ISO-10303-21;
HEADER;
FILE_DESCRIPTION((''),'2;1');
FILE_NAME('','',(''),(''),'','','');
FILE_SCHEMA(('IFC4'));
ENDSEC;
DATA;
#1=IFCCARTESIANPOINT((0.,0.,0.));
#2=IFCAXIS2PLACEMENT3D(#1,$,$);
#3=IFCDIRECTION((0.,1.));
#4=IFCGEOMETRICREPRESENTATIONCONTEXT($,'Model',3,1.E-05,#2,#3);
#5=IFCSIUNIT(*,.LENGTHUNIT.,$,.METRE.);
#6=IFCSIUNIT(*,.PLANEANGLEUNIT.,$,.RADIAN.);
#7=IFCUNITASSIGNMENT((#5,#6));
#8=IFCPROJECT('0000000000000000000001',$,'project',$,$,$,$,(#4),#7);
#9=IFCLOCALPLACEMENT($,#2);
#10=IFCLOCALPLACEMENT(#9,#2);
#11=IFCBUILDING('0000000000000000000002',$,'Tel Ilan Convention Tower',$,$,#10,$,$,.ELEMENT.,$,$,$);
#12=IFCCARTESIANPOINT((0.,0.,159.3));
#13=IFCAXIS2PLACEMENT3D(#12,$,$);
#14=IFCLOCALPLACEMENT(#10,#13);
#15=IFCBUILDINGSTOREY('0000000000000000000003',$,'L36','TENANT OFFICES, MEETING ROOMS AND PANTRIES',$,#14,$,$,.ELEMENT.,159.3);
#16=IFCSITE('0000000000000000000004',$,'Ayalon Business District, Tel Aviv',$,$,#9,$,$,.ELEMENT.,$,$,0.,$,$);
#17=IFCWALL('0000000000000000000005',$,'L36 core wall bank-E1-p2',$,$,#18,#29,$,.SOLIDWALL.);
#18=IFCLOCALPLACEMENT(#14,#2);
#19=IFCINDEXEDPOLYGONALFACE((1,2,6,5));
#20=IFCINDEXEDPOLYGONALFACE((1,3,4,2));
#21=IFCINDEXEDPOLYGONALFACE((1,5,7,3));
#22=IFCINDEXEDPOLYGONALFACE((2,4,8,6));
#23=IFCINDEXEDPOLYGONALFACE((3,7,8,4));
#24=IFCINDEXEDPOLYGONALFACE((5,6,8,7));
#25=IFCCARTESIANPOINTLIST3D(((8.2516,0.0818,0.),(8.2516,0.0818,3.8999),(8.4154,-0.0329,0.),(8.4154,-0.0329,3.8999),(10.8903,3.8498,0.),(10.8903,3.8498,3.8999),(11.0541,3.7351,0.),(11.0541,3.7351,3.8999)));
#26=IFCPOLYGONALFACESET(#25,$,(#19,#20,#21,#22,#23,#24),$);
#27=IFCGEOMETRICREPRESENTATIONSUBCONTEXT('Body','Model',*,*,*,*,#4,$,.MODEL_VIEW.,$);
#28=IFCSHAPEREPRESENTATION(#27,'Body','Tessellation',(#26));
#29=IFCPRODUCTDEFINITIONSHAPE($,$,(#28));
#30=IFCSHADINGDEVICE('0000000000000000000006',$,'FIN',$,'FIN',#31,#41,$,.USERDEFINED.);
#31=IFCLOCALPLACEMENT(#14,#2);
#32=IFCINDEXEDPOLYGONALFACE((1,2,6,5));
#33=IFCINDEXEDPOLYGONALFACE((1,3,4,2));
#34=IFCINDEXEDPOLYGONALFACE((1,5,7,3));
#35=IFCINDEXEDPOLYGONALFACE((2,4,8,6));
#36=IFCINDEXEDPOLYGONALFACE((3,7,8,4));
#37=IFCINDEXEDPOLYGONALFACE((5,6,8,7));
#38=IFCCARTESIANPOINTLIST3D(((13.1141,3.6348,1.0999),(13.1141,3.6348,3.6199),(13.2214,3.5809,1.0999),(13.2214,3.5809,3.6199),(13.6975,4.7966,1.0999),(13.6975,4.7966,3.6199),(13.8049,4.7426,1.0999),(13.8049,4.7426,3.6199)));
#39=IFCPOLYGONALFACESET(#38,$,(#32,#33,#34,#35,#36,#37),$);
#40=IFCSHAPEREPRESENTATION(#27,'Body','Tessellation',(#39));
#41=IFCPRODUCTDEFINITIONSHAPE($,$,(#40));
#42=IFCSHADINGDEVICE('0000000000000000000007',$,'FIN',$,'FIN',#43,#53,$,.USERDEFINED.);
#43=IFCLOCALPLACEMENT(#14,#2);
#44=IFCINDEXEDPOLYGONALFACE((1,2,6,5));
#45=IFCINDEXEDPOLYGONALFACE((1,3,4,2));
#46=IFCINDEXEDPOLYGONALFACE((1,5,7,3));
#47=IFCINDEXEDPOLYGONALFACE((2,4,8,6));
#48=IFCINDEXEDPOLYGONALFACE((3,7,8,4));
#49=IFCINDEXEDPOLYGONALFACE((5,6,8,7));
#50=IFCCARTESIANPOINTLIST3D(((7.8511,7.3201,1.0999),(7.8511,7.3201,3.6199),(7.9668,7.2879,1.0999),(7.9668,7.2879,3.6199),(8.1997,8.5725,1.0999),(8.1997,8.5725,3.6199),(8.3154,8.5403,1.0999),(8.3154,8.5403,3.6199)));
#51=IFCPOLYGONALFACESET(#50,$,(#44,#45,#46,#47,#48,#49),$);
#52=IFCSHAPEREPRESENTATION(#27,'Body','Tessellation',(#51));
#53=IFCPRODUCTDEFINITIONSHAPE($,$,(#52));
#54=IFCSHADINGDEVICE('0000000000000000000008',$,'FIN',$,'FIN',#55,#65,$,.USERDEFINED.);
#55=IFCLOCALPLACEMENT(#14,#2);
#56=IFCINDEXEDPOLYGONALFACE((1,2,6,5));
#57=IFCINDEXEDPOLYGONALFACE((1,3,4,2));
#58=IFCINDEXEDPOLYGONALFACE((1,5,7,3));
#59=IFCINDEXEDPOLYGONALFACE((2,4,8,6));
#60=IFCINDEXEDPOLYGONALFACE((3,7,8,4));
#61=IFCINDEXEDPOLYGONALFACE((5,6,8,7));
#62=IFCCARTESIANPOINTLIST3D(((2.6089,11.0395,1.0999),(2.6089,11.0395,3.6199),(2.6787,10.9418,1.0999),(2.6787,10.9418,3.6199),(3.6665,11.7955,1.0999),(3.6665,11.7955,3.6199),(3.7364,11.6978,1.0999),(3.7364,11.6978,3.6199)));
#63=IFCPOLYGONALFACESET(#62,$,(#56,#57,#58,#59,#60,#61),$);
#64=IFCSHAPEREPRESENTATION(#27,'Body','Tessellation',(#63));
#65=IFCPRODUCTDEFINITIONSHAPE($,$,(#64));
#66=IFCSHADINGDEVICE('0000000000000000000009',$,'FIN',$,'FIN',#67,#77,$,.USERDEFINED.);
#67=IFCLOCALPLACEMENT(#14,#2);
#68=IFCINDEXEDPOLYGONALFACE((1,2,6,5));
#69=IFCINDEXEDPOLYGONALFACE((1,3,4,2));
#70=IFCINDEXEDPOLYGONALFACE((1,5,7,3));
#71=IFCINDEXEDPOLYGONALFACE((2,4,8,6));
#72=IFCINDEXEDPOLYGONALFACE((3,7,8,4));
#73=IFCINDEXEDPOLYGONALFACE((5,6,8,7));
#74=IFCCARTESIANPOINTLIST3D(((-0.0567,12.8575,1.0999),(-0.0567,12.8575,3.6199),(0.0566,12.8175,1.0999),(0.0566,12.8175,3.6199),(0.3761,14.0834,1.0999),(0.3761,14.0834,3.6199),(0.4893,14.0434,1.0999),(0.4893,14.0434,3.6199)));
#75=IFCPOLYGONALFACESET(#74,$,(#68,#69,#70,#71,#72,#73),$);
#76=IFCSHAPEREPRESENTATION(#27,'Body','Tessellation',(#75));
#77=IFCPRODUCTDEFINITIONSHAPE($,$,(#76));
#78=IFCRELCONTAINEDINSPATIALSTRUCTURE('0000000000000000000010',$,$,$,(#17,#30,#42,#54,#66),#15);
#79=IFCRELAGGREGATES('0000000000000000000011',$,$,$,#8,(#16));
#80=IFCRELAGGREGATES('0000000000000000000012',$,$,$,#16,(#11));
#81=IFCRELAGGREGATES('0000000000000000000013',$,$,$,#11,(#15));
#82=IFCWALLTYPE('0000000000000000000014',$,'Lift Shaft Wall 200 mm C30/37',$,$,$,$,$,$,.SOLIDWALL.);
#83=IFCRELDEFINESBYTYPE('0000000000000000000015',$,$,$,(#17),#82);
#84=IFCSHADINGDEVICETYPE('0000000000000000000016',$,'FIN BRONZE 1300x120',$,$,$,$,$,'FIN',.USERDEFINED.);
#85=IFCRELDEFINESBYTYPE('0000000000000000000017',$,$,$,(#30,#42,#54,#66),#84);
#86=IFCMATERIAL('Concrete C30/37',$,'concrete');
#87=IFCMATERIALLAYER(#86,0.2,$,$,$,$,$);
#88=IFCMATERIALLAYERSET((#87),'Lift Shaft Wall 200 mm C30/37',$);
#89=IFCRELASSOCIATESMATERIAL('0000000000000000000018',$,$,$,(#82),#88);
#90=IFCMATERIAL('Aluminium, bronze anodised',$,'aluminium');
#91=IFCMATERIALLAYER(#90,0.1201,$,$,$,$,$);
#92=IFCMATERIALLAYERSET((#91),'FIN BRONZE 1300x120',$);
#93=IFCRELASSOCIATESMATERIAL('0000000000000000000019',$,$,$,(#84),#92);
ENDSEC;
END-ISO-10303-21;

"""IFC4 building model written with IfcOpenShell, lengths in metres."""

from ifc_helpers import new_model, si_unit, direction, frame, frame_2d, origin, origin_2d, place, context, subcontext, project, spatial, rectangle, extrude, material, layer, layer_set, type_object, element, save


model = new_model("IFC4")

# Units and contexts
model_context = context("Model", 3, precision=1e-05, world=origin(), true_north=direction((0.0, 1.0)))
body_context = subcontext(model_context, "Body", "Model", "MODEL_VIEW")
ifc_project = project(units=[si_unit("LENGTHUNIT", "METRE"), si_unit("PLANEANGLEUNIT", "RADIAN")], contexts=[model_context])

# Site, building, storey
site_placement = place(None, origin())
site = spatial("IfcSite", under=ifc_project, at=site_placement, Name="Ayalon Business District, Tel Aviv", CompositionType="ELEMENT", RefElevation=0.0)
building_placement = place(site_placement, origin())
building = spatial("IfcBuilding", under=site, at=building_placement, Name="Tel Ilan Convention Tower", CompositionType="ELEMENT")
storey_placement = place(building_placement, frame((0.0, 0.0, 159.3)))
storey = spatial("IfcBuildingStorey", under=building, at=storey_placement, Name="L36", Description="TENANT OFFICES, MEETING ROOMS AND PANTRIES", CompositionType="ELEMENT", Elevation=159.3)

# Wall
ifc_material_1 = material(Name="Concrete C30/37", Category="concrete")
ifc_layer_1 = layer(ifc_material_1, 0.2)
ifc_layer_set_1 = layer_set([ifc_layer_1], Name="Lift Shaft Wall 200 mm C30/37")
wall_type_1 = type_object("IfcWallType", Name="Lift Shaft Wall 200 mm C30/37", PredefinedType="SOLIDWALL", material=ifc_layer_set_1)
wall_1_placement = place(storey_placement, frame((8.3335, 0.0244, 0.0), z_axis=(0.0, 0.0, 1.0), x_axis=(0.573612, 0.819127, 0.0)))
element("IfcWall", 1, at=wall_1_placement, inside=storey, type_object=wall_type_1, Name="L36 core wall bank-E1-p2", PredefinedType="SOLIDWALL", context=body_context, shape_type="SweptSolid", body=[
    extrude(rectangle(XDim=4.6001, YDim=0.2, at=frame_2d((2.3, 0.0))), origin(), (0.0, 0.0, 1.0), 3.8999),
])

# Shading devices
ifc_material_2 = material(Name="Aluminium, bronze anodised", Category="aluminium")
ifc_layer_2 = layer(ifc_material_2, 0.1201)
ifc_layer_set_2 = layer_set([ifc_layer_2], Name="FIN BRONZE 1300x120")
shading_device_type_1 = type_object("IfcShadingDeviceType", Name="FIN BRONZE 1300x120", ElementType="FIN", PredefinedType="USERDEFINED", material=ifc_layer_set_2)
for number, where, z_axis, x_axis, name in (
    (2, (13.4595, 4.1887, 1.0999), (0.0, 0.0, 1.0), (0.448799, 0.893633, 0.0), "FIN"),
    (3, (8.0833, 7.9302, 1.0999), (0.0, 0.0, 1.0), (0.268173, 0.963371, 0.0), "FIN"),
    (4, (3.1726, 11.3687, 1.0999), (0.0, 0.0, 1.0), (0.813552, 0.581492, 0.0), "FIN"),
    (5, (0.2163, 13.4504, 1.0999), (0.0, 0.0, 1.0), (0.332893, 0.942965, 0.0), "FIN"),
):
    element("IfcShadingDevice", number, at=place(storey_placement, frame(where, z_axis=z_axis, x_axis=x_axis)), inside=storey, type_object=shading_device_type_1, Name=name, ObjectType="FIN", PredefinedType="USERDEFINED", context=body_context, shape_type="SweptSolid", body=[
        extrude(rectangle(XDim=1.3, YDim=0.1201, at=origin_2d()), origin(), (0.0, 0.0, 1.0), 2.52),
    ])

save(model, "model.ifc")
